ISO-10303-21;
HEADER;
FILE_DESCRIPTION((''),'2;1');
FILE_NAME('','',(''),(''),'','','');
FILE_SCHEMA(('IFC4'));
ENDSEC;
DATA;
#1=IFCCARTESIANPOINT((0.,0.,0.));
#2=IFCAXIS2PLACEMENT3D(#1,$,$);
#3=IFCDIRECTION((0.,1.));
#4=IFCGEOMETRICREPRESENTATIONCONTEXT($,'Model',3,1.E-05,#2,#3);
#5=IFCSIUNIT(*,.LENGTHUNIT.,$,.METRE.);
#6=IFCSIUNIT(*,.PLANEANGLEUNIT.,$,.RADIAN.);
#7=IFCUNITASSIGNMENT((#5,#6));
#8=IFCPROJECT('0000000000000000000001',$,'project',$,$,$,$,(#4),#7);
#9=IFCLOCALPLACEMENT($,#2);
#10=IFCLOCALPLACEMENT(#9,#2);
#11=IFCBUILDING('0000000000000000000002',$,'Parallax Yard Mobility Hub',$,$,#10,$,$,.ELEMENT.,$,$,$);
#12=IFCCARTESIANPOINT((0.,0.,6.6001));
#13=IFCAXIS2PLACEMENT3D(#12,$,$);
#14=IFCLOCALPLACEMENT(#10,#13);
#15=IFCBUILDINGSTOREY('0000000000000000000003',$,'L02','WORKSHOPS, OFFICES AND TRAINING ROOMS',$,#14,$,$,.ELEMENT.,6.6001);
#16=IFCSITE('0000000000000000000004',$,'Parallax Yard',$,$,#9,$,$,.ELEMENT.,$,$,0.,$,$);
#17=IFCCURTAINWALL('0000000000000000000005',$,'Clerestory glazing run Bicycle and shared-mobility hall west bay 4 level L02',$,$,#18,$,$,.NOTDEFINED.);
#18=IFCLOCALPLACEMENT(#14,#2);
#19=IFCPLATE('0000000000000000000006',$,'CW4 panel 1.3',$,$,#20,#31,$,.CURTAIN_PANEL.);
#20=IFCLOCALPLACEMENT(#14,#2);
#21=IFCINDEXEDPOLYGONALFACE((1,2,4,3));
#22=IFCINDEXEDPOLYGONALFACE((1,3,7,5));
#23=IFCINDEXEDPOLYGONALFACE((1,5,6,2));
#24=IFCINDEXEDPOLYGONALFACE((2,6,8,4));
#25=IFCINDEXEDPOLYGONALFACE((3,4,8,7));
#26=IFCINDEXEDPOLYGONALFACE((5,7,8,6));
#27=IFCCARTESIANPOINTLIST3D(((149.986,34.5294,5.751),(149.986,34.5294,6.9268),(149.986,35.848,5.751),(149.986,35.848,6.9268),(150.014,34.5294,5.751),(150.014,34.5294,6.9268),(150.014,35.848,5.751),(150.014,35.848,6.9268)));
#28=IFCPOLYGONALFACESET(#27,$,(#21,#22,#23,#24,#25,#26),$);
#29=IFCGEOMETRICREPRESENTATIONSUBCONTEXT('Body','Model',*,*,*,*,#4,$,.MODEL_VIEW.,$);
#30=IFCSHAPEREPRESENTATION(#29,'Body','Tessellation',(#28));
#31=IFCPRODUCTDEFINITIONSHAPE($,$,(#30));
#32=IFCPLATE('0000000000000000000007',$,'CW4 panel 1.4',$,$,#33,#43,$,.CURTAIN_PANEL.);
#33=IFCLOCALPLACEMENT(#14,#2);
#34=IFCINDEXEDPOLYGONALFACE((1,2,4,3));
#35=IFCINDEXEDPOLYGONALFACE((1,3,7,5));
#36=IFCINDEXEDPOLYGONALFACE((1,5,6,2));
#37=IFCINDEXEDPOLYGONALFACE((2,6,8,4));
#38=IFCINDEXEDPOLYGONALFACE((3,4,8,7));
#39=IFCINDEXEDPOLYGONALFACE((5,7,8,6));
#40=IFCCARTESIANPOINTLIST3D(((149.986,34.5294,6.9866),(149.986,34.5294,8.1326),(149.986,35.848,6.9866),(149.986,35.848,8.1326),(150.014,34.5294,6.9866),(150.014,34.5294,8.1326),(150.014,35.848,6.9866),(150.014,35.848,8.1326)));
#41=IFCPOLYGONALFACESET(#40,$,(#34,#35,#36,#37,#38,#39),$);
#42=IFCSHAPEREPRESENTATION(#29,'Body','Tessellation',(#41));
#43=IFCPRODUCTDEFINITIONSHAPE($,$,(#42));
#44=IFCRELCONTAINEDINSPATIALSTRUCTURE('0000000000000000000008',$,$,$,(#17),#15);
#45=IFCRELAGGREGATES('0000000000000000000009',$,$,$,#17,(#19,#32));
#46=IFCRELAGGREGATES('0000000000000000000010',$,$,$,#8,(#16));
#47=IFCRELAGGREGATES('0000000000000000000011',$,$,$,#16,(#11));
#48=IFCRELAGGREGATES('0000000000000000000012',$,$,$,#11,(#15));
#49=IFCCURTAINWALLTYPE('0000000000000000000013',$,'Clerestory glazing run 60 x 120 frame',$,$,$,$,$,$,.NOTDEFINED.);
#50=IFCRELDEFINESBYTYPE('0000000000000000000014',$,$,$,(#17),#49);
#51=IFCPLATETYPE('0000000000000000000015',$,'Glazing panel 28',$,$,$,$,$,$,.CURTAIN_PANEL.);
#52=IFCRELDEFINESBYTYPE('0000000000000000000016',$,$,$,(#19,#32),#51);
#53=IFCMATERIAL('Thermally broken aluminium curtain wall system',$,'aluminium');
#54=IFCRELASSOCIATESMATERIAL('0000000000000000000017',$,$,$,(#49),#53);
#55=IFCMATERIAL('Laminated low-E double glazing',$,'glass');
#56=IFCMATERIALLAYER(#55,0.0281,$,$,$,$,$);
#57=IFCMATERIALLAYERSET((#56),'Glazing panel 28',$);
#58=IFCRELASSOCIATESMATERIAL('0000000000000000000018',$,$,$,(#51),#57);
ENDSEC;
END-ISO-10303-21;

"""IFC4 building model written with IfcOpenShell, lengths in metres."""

from ifc_helpers import new_model, si_unit, direction, frame, origin, origin_2d, place, context, subcontext, project, spatial, rectangle, extrude, material, layer, layer_set, type_object, element, aggregate, save


model = new_model("IFC4")

# Units and contexts
model_context = context("Model", 3, precision=1e-05, world=origin(), true_north=direction((0.0, 1.0)))
body_context = subcontext(model_context, "Body", "Model", "MODEL_VIEW")
ifc_project = project(units=[si_unit("LENGTHUNIT", "METRE"), si_unit("PLANEANGLEUNIT", "RADIAN")], contexts=[model_context])

# Site, building, storey
site_placement = place(None, origin())
site = spatial("IfcSite", under=ifc_project, at=site_placement, Name="Parallax Yard", CompositionType="ELEMENT", RefElevation=0.0)
building_placement = place(site_placement, origin())
building = spatial("IfcBuilding", under=site, at=building_placement, Name="Parallax Yard Mobility Hub", CompositionType="ELEMENT")
storey_placement = place(building_placement, frame((0.0, 0.0, 6.6001)))
storey = spatial("IfcBuildingStorey", under=building, at=storey_placement, Name="L02", Description="WORKSHOPS, OFFICES AND TRAINING ROOMS", CompositionType="ELEMENT", Elevation=6.6001)

# Shared definitions
ifc_material_1 = material(Name="Thermally broken aluminium curtain wall system", Category="aluminium")
curtain_wall_type_1 = type_object("IfcCurtainWallType", Name="Clerestory glazing run 60 x 120 frame", PredefinedType="NOTDEFINED", material=ifc_material_1)

# Curtain wall
curtain_wall_1_placement = place(storey_placement, origin())
curtain_wall_1 = element("IfcCurtainWall", 1, at=curtain_wall_1_placement, inside=storey, type_object=curtain_wall_type_1, Name="Clerestory glazing run Bicycle and shared-mobility hall west bay 4 level L02", PredefinedType="NOTDEFINED")

# Plates
ifc_material_2 = material(Name="Laminated low-E double glazing", Category="glass")
ifc_layer_1 = layer(ifc_material_2, 0.0281)
ifc_layer_set_1 = layer_set([ifc_layer_1], Name="Glazing panel 28")
plate_type_1 = type_object("IfcPlateType", Name="Glazing panel 28", PredefinedType="CURTAIN_PANEL", material=ifc_layer_set_1)
plate_1_placement = place(storey_placement, frame((150.0, 35.1887, 5.751), z_axis=(0.0, 0.0, 1.0), x_axis=(0.0, 1.0, 0.0)))
plate_1 = element("IfcPlate", 2, at=plate_1_placement, type_object=plate_type_1, Name="CW4 panel 1.3", PredefinedType="CURTAIN_PANEL", context=body_context, shape_type="SweptSolid", body=[
    extrude(rectangle(XDim=1.3186, YDim=0.0281, at=origin_2d()), origin(), (0.0, 0.0, 1.0), 1.1758),
])
plate_2_placement = place(storey_placement, frame((150.0, 35.1887, 6.9866), z_axis=(0.0, 0.0, 1.0), x_axis=(0.0, 1.0, 0.0)))
plate_2 = element("IfcPlate", 3, at=plate_2_placement, type_object=plate_type_1, Name="CW4 panel 1.4", PredefinedType="CURTAIN_PANEL", context=body_context, shape_type="SweptSolid", body=[
    extrude(rectangle(XDim=1.3186, YDim=0.0281, at=origin_2d()), origin(), (0.0, 0.0, 1.0), 1.146),
])
aggregate(curtain_wall_1, [plate_1, plate_2])

save(model, "model.ifc")
